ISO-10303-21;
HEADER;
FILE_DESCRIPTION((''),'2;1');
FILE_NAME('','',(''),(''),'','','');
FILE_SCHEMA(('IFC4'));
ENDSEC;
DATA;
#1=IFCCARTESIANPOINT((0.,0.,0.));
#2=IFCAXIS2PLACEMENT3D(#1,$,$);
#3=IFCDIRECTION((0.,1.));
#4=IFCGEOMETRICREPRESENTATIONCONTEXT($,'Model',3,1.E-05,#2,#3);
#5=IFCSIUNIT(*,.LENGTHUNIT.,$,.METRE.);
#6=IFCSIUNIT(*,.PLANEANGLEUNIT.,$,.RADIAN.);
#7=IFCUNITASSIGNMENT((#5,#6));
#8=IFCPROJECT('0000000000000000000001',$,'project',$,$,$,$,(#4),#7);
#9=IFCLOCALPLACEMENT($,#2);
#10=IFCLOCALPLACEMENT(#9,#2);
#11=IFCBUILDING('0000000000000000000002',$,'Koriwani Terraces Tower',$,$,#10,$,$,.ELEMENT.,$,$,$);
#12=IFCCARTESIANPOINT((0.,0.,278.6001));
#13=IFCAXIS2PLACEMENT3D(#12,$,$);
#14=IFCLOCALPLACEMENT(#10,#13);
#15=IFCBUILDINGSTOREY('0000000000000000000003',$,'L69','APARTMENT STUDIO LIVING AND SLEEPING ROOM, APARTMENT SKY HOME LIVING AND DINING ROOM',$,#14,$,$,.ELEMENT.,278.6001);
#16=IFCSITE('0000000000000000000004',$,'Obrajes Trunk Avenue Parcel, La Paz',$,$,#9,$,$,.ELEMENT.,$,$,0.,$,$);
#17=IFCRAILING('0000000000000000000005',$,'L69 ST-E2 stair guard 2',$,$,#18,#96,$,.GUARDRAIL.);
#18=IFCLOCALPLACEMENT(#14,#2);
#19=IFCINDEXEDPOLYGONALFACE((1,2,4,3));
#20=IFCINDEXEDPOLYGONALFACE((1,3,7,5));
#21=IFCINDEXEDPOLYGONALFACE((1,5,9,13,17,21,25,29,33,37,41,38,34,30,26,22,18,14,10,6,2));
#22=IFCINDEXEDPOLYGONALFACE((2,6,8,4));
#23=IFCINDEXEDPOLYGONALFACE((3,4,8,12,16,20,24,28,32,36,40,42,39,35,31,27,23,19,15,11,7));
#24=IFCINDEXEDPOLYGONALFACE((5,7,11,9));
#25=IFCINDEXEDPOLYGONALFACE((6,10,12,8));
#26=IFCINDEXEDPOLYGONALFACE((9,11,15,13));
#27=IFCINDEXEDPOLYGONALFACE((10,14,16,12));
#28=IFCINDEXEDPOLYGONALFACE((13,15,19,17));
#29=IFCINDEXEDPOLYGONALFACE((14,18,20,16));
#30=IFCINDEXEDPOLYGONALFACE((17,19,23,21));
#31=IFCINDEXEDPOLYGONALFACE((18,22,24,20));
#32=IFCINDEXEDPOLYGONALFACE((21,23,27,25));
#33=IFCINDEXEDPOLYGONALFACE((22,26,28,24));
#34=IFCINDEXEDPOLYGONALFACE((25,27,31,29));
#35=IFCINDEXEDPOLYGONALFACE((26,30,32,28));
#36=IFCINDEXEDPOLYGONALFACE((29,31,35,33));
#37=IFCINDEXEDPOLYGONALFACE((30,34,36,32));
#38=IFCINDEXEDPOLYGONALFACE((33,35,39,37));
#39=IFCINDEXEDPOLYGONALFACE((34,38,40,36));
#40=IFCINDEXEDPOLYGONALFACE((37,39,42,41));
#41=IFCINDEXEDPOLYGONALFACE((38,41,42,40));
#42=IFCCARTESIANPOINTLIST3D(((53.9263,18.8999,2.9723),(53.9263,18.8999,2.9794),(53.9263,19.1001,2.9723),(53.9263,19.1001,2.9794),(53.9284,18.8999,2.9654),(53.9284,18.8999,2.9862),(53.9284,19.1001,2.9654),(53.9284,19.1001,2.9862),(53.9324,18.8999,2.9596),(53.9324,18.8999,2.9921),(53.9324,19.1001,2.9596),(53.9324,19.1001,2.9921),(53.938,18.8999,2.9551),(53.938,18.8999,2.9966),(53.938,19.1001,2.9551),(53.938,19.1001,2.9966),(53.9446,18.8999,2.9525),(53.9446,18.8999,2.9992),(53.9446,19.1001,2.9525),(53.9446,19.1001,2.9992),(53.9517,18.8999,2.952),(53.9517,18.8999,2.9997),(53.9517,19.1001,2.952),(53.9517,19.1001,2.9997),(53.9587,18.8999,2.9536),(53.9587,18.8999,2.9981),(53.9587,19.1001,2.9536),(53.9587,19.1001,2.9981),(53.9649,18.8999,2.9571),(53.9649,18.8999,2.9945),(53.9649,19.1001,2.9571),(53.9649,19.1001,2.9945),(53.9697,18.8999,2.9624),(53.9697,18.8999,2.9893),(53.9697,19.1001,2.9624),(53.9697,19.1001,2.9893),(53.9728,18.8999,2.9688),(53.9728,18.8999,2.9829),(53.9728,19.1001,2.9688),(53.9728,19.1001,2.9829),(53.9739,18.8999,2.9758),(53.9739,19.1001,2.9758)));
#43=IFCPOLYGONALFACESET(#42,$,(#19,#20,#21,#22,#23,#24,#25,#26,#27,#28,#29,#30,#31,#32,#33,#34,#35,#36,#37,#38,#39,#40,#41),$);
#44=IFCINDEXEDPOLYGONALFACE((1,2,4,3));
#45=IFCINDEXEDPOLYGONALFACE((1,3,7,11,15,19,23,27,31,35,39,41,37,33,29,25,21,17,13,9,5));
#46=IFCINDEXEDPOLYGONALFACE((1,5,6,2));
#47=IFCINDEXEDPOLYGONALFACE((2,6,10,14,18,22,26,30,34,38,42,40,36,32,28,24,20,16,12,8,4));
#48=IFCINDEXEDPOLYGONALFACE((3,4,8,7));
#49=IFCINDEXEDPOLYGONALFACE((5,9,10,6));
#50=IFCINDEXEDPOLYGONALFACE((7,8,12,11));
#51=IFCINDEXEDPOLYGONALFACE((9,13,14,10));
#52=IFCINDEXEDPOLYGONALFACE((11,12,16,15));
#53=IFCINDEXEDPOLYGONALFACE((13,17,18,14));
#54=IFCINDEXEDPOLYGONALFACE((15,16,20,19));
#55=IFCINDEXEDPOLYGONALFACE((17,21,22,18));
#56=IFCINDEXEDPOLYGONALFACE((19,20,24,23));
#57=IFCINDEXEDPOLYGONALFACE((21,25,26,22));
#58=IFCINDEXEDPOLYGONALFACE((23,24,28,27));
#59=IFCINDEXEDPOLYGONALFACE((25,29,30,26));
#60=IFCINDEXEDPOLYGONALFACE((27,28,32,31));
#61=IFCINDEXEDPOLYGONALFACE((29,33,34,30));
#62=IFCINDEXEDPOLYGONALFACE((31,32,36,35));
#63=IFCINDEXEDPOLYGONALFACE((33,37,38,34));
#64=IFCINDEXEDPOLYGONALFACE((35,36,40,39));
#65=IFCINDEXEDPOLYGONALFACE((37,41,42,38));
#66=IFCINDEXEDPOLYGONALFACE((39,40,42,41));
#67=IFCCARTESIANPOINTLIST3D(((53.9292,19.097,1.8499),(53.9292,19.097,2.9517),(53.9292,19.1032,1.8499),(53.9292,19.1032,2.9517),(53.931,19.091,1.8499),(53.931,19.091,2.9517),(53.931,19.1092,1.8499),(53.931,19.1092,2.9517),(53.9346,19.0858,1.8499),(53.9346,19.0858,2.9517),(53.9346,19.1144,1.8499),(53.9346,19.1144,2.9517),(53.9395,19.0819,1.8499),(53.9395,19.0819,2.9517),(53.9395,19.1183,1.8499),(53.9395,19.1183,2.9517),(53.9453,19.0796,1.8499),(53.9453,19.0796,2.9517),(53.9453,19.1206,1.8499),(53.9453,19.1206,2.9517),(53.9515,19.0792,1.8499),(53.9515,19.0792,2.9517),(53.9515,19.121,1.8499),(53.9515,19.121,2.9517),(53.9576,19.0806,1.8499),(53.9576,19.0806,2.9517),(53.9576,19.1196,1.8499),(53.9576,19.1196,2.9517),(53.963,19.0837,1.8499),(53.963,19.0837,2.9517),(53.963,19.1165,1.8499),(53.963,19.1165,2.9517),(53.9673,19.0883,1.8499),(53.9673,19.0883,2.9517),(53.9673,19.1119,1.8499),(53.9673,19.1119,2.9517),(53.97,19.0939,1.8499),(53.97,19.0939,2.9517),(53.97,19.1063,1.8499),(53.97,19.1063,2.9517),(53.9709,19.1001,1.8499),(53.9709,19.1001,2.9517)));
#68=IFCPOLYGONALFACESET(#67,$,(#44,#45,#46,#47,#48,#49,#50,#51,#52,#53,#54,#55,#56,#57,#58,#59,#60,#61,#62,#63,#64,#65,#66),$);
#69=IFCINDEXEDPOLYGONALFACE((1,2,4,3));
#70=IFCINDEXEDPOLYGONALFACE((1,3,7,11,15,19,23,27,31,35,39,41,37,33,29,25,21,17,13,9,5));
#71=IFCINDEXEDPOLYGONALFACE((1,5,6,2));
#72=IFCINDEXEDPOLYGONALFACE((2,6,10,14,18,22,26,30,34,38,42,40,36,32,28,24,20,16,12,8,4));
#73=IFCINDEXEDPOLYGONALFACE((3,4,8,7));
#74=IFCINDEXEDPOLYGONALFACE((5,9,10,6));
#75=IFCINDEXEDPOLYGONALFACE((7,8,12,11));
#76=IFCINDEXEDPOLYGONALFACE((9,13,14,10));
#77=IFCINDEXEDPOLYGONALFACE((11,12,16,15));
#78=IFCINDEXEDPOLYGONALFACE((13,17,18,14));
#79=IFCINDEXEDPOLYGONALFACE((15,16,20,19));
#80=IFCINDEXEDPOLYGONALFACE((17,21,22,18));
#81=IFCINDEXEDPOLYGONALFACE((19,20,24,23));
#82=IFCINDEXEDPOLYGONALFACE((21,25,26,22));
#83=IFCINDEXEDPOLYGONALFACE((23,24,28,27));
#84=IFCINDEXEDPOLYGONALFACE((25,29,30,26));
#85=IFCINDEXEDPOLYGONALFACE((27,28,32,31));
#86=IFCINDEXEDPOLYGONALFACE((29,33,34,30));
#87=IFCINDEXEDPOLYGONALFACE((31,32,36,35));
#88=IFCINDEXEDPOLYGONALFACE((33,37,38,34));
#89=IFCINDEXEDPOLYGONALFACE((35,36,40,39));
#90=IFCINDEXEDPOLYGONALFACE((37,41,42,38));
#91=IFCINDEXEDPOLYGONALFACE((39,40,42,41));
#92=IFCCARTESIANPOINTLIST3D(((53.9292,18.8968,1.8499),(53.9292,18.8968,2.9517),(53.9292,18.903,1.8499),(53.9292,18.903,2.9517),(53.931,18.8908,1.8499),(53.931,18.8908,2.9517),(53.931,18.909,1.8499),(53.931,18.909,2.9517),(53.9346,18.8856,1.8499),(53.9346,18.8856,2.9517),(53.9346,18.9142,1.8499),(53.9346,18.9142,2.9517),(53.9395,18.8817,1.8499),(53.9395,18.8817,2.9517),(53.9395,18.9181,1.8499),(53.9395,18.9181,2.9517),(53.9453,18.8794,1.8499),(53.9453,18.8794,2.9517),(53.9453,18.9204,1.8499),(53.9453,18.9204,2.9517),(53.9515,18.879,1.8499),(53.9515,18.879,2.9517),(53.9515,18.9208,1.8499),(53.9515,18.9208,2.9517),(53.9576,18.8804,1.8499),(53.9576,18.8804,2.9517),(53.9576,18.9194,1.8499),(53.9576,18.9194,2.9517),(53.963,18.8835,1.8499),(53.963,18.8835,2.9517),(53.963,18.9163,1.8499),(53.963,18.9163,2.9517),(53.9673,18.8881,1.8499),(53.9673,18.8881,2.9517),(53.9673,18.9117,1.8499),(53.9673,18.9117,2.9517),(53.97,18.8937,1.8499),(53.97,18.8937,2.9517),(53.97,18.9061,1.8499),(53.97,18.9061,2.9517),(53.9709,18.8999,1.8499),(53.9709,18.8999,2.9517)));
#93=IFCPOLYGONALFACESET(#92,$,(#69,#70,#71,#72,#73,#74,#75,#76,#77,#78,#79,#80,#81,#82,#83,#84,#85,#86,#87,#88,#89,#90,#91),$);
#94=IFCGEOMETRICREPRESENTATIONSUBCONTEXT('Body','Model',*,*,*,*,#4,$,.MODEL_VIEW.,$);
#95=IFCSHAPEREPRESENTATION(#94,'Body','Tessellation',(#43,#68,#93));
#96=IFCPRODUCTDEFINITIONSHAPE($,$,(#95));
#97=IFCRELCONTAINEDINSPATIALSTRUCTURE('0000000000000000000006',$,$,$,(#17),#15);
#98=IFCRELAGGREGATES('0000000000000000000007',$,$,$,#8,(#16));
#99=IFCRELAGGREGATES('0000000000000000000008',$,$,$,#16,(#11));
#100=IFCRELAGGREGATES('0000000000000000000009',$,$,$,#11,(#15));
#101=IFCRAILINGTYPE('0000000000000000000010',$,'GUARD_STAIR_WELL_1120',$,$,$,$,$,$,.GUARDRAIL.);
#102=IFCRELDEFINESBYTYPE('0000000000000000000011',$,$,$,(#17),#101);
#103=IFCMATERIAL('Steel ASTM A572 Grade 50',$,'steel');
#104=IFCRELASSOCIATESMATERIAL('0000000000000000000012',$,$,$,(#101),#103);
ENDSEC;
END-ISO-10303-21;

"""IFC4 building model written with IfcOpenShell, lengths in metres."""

from ifc_helpers import new_model, si_unit, direction, frame, origin, origin_2d, place, context, subcontext, project, spatial, circle, extrude, material, type_object, element, save


model = new_model("IFC4")

# Units and contexts
model_context = context("Model", 3, precision=1e-05, world=origin(), true_north=direction((0.0, 1.0)))
body_context = subcontext(model_context, "Body", "Model", "MODEL_VIEW")
ifc_project = project(units=[si_unit("LENGTHUNIT", "METRE"), si_unit("PLANEANGLEUNIT", "RADIAN")], contexts=[model_context])

# Site, building, storey
site_placement = place(None, origin())
site = spatial("IfcSite", under=ifc_project, at=site_placement, Name="Obrajes Trunk Avenue Parcel, La Paz", CompositionType="ELEMENT", RefElevation=0.0)
building_placement = place(site_placement, origin())
building = spatial("IfcBuilding", under=site, at=building_placement, Name="Koriwani Terraces Tower", CompositionType="ELEMENT")
storey_placement = place(building_placement, frame((0.0, 0.0, 278.6001)))
storey = spatial("IfcBuildingStorey", under=building, at=storey_placement, Name="L69", Description="APARTMENT STUDIO LIVING AND SLEEPING ROOM, APARTMENT SKY HOME LIVING AND DINING ROOM", CompositionType="ELEMENT", Elevation=278.6001)

# Shared definitions
ifc_material_1 = material(Name="Steel ASTM A572 Grade 50", Category="steel")

# Railing
railing_type_1 = type_object("IfcRailingType", Name="GUARD_STAIR_WELL_1120", PredefinedType="GUARDRAIL", material=ifc_material_1)
railing_1_placement = place(storey_placement, frame((53.95, 19.1001, 1.8499)))
element("IfcRailing", 1, at=railing_1_placement, inside=storey, type_object=railing_type_1, Name="L69 ST-E2 stair guard 2", PredefinedType="GUARDRAIL", context=body_context, shape_type="SweptSolid", body=[
    extrude(circle(Radius=0.0239, at=origin_2d()), frame((0.0, 0.0, 1.126), z_axis=(0.0, -1.0, 0.0), x_axis=(1.0, 0.0, 0.0)), (0.0, 0.0, 1.0), 0.2002),
    extrude(circle(Radius=0.021, at=origin_2d()), origin(), (0.0, 0.0, 1.0), 1.1018),
    extrude(circle(Radius=0.021, at=origin_2d()), frame((0.0, -0.2002, 0.0)), (0.0, 0.0, 1.0), 1.1018),
])

save(model, "model.ifc")
